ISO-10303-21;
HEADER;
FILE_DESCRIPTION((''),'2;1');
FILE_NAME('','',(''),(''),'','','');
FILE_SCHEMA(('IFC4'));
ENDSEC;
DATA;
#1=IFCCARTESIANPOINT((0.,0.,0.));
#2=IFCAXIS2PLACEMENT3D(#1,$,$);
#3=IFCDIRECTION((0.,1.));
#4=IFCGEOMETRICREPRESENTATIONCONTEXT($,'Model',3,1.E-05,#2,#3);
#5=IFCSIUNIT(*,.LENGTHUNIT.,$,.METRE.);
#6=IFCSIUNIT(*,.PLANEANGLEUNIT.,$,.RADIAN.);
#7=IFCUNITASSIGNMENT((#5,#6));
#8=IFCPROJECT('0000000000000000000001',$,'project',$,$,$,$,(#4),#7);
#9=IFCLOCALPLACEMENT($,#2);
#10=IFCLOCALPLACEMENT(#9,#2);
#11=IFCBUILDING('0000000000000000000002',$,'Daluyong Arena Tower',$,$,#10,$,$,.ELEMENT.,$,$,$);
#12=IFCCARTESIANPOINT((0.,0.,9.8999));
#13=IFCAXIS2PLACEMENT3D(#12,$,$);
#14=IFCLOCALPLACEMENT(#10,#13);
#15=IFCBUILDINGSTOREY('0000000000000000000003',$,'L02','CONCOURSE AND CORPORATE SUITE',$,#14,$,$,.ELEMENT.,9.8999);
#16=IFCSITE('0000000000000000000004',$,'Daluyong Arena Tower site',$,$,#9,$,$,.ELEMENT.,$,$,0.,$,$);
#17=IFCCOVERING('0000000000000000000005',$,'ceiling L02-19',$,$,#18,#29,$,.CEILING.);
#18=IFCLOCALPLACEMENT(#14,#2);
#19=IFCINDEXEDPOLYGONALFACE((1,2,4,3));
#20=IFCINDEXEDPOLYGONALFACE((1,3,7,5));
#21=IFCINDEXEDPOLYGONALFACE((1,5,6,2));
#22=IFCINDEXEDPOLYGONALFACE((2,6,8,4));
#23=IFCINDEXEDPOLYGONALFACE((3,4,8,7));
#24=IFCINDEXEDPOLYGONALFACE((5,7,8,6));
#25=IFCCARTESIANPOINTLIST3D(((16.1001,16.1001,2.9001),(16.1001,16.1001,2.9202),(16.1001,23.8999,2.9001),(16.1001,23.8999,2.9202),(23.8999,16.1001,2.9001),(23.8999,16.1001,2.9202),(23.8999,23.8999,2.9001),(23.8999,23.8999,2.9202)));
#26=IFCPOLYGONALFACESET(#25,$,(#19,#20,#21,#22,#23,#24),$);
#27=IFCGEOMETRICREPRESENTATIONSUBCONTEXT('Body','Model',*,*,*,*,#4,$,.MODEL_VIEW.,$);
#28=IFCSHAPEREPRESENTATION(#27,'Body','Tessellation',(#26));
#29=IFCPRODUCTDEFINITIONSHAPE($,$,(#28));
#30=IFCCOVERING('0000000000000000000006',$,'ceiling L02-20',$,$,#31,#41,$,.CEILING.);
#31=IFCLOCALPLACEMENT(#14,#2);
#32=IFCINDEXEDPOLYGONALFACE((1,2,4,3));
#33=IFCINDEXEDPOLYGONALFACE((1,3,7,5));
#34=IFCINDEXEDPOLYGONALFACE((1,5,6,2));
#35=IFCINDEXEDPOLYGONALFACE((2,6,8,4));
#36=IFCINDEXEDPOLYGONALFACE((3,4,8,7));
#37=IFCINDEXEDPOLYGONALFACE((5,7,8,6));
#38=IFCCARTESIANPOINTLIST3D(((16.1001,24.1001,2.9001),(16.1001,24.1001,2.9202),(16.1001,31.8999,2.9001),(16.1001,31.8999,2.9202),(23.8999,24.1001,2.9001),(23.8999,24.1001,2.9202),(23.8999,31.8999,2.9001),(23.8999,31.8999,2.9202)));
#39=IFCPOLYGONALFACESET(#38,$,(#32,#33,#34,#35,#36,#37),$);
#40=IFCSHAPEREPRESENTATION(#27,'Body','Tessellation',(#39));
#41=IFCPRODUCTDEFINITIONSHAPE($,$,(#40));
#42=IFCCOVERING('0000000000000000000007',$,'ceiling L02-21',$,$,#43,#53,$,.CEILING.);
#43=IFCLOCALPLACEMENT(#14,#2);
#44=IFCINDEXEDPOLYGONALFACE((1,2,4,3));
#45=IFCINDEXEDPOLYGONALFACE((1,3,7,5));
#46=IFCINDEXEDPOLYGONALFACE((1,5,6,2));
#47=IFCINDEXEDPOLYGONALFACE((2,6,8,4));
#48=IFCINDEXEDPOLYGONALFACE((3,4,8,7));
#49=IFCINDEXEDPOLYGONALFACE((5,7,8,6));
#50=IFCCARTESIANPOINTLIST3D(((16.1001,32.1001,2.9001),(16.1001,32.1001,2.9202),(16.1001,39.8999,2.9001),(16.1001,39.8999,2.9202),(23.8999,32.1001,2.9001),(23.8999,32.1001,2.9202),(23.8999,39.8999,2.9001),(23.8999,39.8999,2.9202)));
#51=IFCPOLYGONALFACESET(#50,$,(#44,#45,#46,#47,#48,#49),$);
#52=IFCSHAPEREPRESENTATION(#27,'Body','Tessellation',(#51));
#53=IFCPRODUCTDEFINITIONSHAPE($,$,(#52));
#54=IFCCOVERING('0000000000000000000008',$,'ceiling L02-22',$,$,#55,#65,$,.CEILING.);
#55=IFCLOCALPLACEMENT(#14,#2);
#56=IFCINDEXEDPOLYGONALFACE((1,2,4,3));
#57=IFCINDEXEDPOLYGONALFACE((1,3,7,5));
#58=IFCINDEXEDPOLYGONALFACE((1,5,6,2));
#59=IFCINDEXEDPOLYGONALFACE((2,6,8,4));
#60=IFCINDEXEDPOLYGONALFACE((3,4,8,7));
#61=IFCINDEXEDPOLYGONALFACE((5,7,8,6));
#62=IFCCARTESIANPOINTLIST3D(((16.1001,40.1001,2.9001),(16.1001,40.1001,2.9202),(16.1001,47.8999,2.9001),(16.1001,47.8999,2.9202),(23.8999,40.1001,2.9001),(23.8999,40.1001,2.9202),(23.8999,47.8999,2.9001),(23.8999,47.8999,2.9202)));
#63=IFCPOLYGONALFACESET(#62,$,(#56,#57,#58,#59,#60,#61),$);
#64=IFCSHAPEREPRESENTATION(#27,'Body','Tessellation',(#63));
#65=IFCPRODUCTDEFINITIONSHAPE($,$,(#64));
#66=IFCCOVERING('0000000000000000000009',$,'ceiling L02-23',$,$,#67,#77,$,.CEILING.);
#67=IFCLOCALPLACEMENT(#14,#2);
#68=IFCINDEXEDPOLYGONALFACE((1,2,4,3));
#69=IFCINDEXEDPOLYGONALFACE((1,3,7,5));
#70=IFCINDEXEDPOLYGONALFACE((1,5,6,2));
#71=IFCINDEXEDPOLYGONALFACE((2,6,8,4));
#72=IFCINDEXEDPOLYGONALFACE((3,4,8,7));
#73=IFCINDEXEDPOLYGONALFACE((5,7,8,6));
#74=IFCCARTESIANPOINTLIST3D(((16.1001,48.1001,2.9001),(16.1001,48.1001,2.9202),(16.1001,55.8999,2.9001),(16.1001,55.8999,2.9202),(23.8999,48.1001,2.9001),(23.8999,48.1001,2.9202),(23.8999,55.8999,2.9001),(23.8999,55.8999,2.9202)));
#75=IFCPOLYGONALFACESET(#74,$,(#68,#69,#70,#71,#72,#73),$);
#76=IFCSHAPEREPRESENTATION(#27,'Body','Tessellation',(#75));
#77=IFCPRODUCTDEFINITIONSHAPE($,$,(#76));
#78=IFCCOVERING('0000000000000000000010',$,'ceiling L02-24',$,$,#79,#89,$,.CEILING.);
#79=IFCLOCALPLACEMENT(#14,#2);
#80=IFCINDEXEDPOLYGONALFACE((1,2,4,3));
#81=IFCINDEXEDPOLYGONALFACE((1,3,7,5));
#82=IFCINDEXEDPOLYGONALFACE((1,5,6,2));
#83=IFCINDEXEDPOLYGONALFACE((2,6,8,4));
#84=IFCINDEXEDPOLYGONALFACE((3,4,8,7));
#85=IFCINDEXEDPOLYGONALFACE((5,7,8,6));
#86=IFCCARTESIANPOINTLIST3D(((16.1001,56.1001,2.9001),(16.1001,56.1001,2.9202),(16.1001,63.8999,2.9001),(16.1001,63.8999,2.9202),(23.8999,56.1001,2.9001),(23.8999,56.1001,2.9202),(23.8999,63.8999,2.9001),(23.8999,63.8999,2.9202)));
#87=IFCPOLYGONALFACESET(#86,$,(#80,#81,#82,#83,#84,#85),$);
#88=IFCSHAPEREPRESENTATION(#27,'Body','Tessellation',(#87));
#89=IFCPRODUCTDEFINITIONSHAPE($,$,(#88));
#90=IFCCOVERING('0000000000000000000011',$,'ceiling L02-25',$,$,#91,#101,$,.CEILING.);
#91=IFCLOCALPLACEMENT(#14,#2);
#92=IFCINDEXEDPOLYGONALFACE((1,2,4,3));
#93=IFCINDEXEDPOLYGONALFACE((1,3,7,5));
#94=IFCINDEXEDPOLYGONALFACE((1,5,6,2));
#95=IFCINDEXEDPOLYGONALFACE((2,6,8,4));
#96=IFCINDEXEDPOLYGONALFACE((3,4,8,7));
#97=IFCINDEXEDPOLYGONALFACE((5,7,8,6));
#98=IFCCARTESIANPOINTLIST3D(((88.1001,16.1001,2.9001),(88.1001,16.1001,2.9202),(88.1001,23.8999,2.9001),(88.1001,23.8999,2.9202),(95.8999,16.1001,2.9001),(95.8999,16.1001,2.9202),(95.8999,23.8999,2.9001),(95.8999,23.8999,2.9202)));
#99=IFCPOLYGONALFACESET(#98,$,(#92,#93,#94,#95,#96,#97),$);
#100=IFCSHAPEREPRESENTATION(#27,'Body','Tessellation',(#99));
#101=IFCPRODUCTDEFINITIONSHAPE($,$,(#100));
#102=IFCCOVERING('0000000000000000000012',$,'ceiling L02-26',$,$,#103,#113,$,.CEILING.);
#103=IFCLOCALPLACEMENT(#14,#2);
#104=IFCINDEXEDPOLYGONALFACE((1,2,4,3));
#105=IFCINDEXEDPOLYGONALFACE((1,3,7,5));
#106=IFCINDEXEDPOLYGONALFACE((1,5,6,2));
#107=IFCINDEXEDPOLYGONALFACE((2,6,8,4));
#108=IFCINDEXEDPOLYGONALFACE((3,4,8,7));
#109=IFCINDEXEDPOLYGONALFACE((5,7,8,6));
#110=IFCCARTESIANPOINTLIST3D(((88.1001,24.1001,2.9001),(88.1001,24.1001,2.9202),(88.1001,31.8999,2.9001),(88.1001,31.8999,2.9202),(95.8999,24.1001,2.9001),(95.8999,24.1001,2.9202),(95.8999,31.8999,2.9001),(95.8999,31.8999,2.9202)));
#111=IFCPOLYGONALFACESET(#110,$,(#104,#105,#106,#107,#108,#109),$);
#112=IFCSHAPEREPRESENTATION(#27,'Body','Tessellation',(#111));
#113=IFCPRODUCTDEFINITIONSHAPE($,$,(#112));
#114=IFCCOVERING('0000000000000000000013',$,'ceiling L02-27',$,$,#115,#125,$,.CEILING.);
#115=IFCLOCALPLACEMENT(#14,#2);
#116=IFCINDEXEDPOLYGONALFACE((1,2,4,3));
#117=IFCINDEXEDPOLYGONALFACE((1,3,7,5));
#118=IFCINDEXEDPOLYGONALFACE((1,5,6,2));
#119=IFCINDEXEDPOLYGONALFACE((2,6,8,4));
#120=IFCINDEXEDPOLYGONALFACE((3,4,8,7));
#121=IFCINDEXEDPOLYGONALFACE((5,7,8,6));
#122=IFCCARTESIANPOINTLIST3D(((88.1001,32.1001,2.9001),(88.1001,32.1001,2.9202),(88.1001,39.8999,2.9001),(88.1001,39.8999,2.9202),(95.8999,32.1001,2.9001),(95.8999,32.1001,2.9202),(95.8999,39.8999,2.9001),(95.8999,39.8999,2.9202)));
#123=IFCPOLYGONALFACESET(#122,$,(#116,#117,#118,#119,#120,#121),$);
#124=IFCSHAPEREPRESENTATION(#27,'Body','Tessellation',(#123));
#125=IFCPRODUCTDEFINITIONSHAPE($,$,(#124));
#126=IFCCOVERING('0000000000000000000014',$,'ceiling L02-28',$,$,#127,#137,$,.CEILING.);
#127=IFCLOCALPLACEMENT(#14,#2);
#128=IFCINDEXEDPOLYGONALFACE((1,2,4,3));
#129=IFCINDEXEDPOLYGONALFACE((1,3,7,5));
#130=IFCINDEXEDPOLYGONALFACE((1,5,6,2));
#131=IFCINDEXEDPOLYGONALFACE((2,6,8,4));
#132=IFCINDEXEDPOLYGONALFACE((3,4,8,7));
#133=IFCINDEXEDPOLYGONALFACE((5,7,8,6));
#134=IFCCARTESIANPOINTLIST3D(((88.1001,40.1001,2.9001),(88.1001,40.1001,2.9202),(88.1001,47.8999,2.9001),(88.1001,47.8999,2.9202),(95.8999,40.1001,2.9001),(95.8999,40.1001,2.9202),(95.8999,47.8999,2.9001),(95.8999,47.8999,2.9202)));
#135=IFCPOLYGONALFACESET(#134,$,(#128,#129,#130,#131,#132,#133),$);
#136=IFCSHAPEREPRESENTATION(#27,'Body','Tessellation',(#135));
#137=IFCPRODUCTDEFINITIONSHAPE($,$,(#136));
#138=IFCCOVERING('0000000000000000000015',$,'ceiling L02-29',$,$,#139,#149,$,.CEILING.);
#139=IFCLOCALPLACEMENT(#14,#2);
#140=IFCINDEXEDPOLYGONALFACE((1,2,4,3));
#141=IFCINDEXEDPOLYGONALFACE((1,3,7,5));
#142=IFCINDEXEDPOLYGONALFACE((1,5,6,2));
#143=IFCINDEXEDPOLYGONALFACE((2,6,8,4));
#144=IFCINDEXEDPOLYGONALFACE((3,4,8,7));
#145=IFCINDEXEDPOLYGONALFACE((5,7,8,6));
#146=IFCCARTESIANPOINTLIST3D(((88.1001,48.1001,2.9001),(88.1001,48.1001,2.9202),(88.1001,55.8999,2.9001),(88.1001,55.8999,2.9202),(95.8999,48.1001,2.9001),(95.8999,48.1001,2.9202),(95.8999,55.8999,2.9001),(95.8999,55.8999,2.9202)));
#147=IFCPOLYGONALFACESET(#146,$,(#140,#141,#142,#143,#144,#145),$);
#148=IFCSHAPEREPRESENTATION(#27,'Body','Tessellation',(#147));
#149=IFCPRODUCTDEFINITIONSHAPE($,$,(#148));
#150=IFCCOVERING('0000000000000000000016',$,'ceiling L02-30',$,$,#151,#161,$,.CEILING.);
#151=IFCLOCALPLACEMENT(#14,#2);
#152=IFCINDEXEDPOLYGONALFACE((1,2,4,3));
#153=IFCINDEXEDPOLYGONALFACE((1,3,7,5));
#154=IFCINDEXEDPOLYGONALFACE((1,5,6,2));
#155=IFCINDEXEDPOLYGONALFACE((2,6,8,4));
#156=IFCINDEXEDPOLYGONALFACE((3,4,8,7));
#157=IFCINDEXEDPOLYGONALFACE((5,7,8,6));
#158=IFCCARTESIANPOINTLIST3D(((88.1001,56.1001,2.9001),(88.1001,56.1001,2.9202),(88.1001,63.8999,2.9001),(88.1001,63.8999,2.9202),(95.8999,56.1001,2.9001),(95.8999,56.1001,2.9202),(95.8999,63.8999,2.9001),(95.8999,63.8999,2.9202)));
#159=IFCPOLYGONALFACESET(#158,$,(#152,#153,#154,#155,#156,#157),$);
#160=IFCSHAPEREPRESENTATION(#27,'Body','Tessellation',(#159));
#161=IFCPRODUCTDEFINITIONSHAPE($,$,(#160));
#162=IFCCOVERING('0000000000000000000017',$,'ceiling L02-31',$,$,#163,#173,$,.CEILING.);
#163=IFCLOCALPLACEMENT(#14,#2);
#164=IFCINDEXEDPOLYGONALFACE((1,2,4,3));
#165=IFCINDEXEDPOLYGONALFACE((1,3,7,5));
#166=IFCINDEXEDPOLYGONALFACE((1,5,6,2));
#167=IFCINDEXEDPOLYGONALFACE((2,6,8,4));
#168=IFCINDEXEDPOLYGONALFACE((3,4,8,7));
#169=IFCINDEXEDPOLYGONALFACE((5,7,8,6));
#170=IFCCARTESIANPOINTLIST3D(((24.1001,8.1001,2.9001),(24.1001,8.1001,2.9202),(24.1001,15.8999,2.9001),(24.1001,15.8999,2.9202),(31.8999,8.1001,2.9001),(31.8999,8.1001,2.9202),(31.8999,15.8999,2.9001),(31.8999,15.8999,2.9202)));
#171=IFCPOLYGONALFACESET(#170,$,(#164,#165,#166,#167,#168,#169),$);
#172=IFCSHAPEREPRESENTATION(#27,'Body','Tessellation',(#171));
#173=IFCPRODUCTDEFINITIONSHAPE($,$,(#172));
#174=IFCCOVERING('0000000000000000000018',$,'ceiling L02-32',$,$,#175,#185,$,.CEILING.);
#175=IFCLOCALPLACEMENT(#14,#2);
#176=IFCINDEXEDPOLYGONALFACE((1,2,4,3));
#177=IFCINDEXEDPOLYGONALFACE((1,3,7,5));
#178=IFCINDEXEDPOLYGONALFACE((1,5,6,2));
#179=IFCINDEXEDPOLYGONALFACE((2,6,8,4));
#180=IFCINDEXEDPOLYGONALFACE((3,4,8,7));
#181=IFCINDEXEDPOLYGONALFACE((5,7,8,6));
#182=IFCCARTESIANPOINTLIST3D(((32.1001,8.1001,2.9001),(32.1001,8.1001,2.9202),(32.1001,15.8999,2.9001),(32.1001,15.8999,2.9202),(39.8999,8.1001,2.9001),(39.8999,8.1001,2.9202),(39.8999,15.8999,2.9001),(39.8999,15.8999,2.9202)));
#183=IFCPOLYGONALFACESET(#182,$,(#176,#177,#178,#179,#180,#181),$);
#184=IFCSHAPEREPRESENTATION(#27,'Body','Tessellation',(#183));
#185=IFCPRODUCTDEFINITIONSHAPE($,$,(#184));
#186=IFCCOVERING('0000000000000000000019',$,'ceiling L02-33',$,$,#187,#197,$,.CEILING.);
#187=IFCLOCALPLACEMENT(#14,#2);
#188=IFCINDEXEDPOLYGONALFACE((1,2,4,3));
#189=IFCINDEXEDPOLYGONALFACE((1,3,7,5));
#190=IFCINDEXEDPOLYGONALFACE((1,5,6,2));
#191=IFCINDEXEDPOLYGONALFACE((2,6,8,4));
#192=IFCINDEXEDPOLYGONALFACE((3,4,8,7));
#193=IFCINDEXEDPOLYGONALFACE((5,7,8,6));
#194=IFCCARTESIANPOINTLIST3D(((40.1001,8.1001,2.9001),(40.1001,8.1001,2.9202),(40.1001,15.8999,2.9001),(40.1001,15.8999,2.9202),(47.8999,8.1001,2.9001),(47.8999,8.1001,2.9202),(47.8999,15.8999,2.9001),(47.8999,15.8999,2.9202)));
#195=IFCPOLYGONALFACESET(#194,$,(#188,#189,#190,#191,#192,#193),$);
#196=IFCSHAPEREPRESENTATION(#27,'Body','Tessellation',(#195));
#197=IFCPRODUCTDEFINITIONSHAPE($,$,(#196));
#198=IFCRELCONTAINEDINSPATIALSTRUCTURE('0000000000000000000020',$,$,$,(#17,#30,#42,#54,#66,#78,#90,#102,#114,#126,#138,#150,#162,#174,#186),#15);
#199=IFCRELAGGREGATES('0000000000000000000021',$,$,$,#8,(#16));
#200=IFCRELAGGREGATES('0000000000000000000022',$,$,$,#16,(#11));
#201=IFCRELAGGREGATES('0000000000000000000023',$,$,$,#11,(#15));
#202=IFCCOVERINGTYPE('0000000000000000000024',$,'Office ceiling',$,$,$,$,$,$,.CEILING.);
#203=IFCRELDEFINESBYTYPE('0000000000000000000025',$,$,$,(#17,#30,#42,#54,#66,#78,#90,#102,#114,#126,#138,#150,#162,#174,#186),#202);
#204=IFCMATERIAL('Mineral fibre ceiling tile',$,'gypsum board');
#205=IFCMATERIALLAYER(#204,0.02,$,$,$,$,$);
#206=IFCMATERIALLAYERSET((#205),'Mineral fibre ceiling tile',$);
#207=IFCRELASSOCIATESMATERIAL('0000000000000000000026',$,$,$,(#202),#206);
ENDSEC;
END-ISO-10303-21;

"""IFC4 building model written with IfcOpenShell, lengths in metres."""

from ifc_helpers import new_model, si_unit, direction, frame, origin, place, context, subcontext, project, spatial, polyline, outline, extrude, material, layer, layer_set, type_object, element, save


model = new_model("IFC4")

# Units and contexts
model_context = context("Model", 3, precision=1e-05, world=origin(), true_north=direction((0.0, 1.0)))
body_context = subcontext(model_context, "Body", "Model", "MODEL_VIEW")
ifc_project = project(units=[si_unit("LENGTHUNIT", "METRE"), si_unit("PLANEANGLEUNIT", "RADIAN")], contexts=[model_context])

# Site, building, storey
site_placement = place(None, origin())
site = spatial("IfcSite", under=ifc_project, at=site_placement, Name="Daluyong Arena Tower site", CompositionType="ELEMENT", RefElevation=0.0)
building_placement = place(site_placement, origin())
building = spatial("IfcBuilding", under=site, at=building_placement, Name="Daluyong Arena Tower", CompositionType="ELEMENT")
storey_placement = place(building_placement, frame((0.0, 0.0, 9.8999)))
storey = spatial("IfcBuildingStorey", under=building, at=storey_placement, Name="L02", Description="CONCOURSE AND CORPORATE SUITE", CompositionType="ELEMENT", Elevation=9.8999)

# Coverings
ifc_material = material(Name="Mineral fibre ceiling tile", Category="gypsum board")
ifc_layer = layer(ifc_material, 0.02)
ifc_layer_set = layer_set([ifc_layer], Name="Mineral fibre ceiling tile")
covering_type = type_object("IfcCoveringType", Name="Office ceiling", PredefinedType="CEILING", material=ifc_layer_set)
covering_1_placement = place(storey_placement, frame((0.0, 0.0, 2.9001)))
element("IfcCovering", 1, at=covering_1_placement, inside=storey, type_object=covering_type, Name="ceiling L02-19", PredefinedType="CEILING", context=body_context, shape_type="SweptSolid", body=[
    extrude(outline(polyline([(23.8999, 16.1001), (23.8999, 23.8999), (16.1001, 23.8999), (16.1001, 16.1001), (23.8999, 16.1001)])), origin(), (0.0, 0.0, 1.0), 0.02),
])
covering_2_placement = place(storey_placement, frame((0.0, 0.0, 2.9001)))
element("IfcCovering", 2, at=covering_2_placement, inside=storey, type_object=covering_type, Name="ceiling L02-20", PredefinedType="CEILING", context=body_context, shape_type="SweptSolid", body=[
    extrude(outline(polyline([(23.8999, 24.1001), (23.8999, 31.8999), (16.1001, 31.8999), (16.1001, 24.1001), (23.8999, 24.1001)])), origin(), (0.0, 0.0, 1.0), 0.02),
])
covering_3_placement = place(storey_placement, frame((0.0, 0.0, 2.9001)))
element("IfcCovering", 3, at=covering_3_placement, inside=storey, type_object=covering_type, Name="ceiling L02-21", PredefinedType="CEILING", context=body_context, shape_type="SweptSolid", body=[
    extrude(outline(polyline([(23.8999, 32.1001), (23.8999, 39.8999), (16.1001, 39.8999), (16.1001, 32.1001), (23.8999, 32.1001)])), origin(), (0.0, 0.0, 1.0), 0.02),
])
covering_4_placement = place(storey_placement, frame((0.0, 0.0, 2.9001)))
element("IfcCovering", 4, at=covering_4_placement, inside=storey, type_object=covering_type, Name="ceiling L02-22", PredefinedType="CEILING", context=body_context, shape_type="SweptSolid", body=[
    extrude(outline(polyline([(23.8999, 40.1001), (23.8999, 47.8999), (16.1001, 47.8999), (16.1001, 40.1001), (23.8999, 40.1001)])), origin(), (0.0, 0.0, 1.0), 0.02),
])
covering_5_placement = place(storey_placement, frame((0.0, 0.0, 2.9001)))
element("IfcCovering", 5, at=covering_5_placement, inside=storey, type_object=covering_type, Name="ceiling L02-23", PredefinedType="CEILING", context=body_context, shape_type="SweptSolid", body=[
    extrude(outline(polyline([(23.8999, 48.1001), (23.8999, 55.8999), (16.1001, 55.8999), (16.1001, 48.1001), (23.8999, 48.1001)])), origin(), (0.0, 0.0, 1.0), 0.02),
])
covering_6_placement = place(storey_placement, frame((0.0, 0.0, 2.9001)))
element("IfcCovering", 6, at=covering_6_placement, inside=storey, type_object=covering_type, Name="ceiling L02-24", PredefinedType="CEILING", context=body_context, shape_type="SweptSolid", body=[
    extrude(outline(polyline([(23.8999, 56.1001), (23.8999, 63.8999), (16.1001, 63.8999), (16.1001, 56.1001), (23.8999, 56.1001)])), origin(), (0.0, 0.0, 1.0), 0.02),
])
covering_7_placement = place(storey_placement, frame((0.0, 0.0, 2.9001)))
element("IfcCovering", 7, at=covering_7_placement, inside=storey, type_object=covering_type, Name="ceiling L02-25", PredefinedType="CEILING", context=body_context, shape_type="SweptSolid", body=[
    extrude(outline(polyline([(95.8999, 16.1001), (95.8999, 23.8999), (88.1001, 23.8999), (88.1001, 16.1001), (95.8999, 16.1001)])), origin(), (0.0, 0.0, 1.0), 0.02),
])
covering_8_placement = place(storey_placement, frame((0.0, 0.0, 2.9001)))
element("IfcCovering", 8, at=covering_8_placement, inside=storey, type_object=covering_type, Name="ceiling L02-26", PredefinedType="CEILING", context=body_context, shape_type="SweptSolid", body=[
    extrude(outline(polyline([(95.8999, 24.1001), (95.8999, 31.8999), (88.1001, 31.8999), (88.1001, 24.1001), (95.8999, 24.1001)])), origin(), (0.0, 0.0, 1.0), 0.02),
])
covering_9_placement = place(storey_placement, frame((0.0, 0.0, 2.9001)))
element("IfcCovering", 9, at=covering_9_placement, inside=storey, type_object=covering_type, Name="ceiling L02-27", PredefinedType="CEILING", context=body_context, shape_type="SweptSolid", body=[
    extrude(outline(polyline([(95.8999, 32.1001), (95.8999, 39.8999), (88.1001, 39.8999), (88.1001, 32.1001), (95.8999, 32.1001)])), origin(), (0.0, 0.0, 1.0), 0.02),
])
covering_10_placement = place(storey_placement, frame((0.0, 0.0, 2.9001)))
element("IfcCovering", 10, at=covering_10_placement, inside=storey, type_object=covering_type, Name="ceiling L02-28", PredefinedType="CEILING", context=body_context, shape_type="SweptSolid", body=[
    extrude(outline(polyline([(95.8999, 40.1001), (95.8999, 47.8999), (88.1001, 47.8999), (88.1001, 40.1001), (95.8999, 40.1001)])), origin(), (0.0, 0.0, 1.0), 0.02),
])
covering_11_placement = place(storey_placement, frame((0.0, 0.0, 2.9001)))
element("IfcCovering", 11, at=covering_11_placement, inside=storey, type_object=covering_type, Name="ceiling L02-29", PredefinedType="CEILING", context=body_context, shape_type="SweptSolid", body=[
    extrude(outline(polyline([(95.8999, 48.1001), (95.8999, 55.8999), (88.1001, 55.8999), (88.1001, 48.1001), (95.8999, 48.1001)])), origin(), (0.0, 0.0, 1.0), 0.02),
])
covering_12_placement = place(storey_placement, frame((0.0, 0.0, 2.9001)))
element("IfcCovering", 12, at=covering_12_placement, inside=storey, type_object=covering_type, Name="ceiling L02-30", PredefinedType="CEILING", context=body_context, shape_type="SweptSolid", body=[
    extrude(outline(polyline([(95.8999, 56.1001), (95.8999, 63.8999), (88.1001, 63.8999), (88.1001, 56.1001), (95.8999, 56.1001)])), origin(), (0.0, 0.0, 1.0), 0.02),
])
covering_13_placement = place(storey_placement, frame((0.0, 0.0, 2.9001)))
element("IfcCovering", 13, at=covering_13_placement, inside=storey, type_object=covering_type, Name="ceiling L02-31", PredefinedType="CEILING", context=body_context, shape_type="SweptSolid", body=[
    extrude(outline(polyline([(31.8999, 8.1001), (31.8999, 15.8999), (24.1001, 15.8999), (24.1001, 8.1001), (31.8999, 8.1001)])), origin(), (0.0, 0.0, 1.0), 0.02),
])
covering_14_placement = place(storey_placement, frame((0.0, 0.0, 2.9001)))
element("IfcCovering", 14, at=covering_14_placement, inside=storey, type_object=covering_type, Name="ceiling L02-32", PredefinedType="CEILING", context=body_context, shape_type="SweptSolid", body=[
    extrude(outline(polyline([(39.8999, 8.1001), (39.8999, 15.8999), (32.1001, 15.8999), (32.1001, 8.1001), (39.8999, 8.1001)])), origin(), (0.0, 0.0, 1.0), 0.02),
])
covering_15_placement = place(storey_placement, frame((0.0, 0.0, 2.9001)))
element("IfcCovering", 15, at=covering_15_placement, inside=storey, type_object=covering_type, Name="ceiling L02-33", PredefinedType="CEILING", context=body_context, shape_type="SweptSolid", body=[
    extrude(outline(polyline([(47.8999, 8.1001), (47.8999, 15.8999), (40.1001, 15.8999), (40.1001, 8.1001), (47.8999, 8.1001)])), origin(), (0.0, 0.0, 1.0), 0.02),
])

save(model, "model.ifc")
